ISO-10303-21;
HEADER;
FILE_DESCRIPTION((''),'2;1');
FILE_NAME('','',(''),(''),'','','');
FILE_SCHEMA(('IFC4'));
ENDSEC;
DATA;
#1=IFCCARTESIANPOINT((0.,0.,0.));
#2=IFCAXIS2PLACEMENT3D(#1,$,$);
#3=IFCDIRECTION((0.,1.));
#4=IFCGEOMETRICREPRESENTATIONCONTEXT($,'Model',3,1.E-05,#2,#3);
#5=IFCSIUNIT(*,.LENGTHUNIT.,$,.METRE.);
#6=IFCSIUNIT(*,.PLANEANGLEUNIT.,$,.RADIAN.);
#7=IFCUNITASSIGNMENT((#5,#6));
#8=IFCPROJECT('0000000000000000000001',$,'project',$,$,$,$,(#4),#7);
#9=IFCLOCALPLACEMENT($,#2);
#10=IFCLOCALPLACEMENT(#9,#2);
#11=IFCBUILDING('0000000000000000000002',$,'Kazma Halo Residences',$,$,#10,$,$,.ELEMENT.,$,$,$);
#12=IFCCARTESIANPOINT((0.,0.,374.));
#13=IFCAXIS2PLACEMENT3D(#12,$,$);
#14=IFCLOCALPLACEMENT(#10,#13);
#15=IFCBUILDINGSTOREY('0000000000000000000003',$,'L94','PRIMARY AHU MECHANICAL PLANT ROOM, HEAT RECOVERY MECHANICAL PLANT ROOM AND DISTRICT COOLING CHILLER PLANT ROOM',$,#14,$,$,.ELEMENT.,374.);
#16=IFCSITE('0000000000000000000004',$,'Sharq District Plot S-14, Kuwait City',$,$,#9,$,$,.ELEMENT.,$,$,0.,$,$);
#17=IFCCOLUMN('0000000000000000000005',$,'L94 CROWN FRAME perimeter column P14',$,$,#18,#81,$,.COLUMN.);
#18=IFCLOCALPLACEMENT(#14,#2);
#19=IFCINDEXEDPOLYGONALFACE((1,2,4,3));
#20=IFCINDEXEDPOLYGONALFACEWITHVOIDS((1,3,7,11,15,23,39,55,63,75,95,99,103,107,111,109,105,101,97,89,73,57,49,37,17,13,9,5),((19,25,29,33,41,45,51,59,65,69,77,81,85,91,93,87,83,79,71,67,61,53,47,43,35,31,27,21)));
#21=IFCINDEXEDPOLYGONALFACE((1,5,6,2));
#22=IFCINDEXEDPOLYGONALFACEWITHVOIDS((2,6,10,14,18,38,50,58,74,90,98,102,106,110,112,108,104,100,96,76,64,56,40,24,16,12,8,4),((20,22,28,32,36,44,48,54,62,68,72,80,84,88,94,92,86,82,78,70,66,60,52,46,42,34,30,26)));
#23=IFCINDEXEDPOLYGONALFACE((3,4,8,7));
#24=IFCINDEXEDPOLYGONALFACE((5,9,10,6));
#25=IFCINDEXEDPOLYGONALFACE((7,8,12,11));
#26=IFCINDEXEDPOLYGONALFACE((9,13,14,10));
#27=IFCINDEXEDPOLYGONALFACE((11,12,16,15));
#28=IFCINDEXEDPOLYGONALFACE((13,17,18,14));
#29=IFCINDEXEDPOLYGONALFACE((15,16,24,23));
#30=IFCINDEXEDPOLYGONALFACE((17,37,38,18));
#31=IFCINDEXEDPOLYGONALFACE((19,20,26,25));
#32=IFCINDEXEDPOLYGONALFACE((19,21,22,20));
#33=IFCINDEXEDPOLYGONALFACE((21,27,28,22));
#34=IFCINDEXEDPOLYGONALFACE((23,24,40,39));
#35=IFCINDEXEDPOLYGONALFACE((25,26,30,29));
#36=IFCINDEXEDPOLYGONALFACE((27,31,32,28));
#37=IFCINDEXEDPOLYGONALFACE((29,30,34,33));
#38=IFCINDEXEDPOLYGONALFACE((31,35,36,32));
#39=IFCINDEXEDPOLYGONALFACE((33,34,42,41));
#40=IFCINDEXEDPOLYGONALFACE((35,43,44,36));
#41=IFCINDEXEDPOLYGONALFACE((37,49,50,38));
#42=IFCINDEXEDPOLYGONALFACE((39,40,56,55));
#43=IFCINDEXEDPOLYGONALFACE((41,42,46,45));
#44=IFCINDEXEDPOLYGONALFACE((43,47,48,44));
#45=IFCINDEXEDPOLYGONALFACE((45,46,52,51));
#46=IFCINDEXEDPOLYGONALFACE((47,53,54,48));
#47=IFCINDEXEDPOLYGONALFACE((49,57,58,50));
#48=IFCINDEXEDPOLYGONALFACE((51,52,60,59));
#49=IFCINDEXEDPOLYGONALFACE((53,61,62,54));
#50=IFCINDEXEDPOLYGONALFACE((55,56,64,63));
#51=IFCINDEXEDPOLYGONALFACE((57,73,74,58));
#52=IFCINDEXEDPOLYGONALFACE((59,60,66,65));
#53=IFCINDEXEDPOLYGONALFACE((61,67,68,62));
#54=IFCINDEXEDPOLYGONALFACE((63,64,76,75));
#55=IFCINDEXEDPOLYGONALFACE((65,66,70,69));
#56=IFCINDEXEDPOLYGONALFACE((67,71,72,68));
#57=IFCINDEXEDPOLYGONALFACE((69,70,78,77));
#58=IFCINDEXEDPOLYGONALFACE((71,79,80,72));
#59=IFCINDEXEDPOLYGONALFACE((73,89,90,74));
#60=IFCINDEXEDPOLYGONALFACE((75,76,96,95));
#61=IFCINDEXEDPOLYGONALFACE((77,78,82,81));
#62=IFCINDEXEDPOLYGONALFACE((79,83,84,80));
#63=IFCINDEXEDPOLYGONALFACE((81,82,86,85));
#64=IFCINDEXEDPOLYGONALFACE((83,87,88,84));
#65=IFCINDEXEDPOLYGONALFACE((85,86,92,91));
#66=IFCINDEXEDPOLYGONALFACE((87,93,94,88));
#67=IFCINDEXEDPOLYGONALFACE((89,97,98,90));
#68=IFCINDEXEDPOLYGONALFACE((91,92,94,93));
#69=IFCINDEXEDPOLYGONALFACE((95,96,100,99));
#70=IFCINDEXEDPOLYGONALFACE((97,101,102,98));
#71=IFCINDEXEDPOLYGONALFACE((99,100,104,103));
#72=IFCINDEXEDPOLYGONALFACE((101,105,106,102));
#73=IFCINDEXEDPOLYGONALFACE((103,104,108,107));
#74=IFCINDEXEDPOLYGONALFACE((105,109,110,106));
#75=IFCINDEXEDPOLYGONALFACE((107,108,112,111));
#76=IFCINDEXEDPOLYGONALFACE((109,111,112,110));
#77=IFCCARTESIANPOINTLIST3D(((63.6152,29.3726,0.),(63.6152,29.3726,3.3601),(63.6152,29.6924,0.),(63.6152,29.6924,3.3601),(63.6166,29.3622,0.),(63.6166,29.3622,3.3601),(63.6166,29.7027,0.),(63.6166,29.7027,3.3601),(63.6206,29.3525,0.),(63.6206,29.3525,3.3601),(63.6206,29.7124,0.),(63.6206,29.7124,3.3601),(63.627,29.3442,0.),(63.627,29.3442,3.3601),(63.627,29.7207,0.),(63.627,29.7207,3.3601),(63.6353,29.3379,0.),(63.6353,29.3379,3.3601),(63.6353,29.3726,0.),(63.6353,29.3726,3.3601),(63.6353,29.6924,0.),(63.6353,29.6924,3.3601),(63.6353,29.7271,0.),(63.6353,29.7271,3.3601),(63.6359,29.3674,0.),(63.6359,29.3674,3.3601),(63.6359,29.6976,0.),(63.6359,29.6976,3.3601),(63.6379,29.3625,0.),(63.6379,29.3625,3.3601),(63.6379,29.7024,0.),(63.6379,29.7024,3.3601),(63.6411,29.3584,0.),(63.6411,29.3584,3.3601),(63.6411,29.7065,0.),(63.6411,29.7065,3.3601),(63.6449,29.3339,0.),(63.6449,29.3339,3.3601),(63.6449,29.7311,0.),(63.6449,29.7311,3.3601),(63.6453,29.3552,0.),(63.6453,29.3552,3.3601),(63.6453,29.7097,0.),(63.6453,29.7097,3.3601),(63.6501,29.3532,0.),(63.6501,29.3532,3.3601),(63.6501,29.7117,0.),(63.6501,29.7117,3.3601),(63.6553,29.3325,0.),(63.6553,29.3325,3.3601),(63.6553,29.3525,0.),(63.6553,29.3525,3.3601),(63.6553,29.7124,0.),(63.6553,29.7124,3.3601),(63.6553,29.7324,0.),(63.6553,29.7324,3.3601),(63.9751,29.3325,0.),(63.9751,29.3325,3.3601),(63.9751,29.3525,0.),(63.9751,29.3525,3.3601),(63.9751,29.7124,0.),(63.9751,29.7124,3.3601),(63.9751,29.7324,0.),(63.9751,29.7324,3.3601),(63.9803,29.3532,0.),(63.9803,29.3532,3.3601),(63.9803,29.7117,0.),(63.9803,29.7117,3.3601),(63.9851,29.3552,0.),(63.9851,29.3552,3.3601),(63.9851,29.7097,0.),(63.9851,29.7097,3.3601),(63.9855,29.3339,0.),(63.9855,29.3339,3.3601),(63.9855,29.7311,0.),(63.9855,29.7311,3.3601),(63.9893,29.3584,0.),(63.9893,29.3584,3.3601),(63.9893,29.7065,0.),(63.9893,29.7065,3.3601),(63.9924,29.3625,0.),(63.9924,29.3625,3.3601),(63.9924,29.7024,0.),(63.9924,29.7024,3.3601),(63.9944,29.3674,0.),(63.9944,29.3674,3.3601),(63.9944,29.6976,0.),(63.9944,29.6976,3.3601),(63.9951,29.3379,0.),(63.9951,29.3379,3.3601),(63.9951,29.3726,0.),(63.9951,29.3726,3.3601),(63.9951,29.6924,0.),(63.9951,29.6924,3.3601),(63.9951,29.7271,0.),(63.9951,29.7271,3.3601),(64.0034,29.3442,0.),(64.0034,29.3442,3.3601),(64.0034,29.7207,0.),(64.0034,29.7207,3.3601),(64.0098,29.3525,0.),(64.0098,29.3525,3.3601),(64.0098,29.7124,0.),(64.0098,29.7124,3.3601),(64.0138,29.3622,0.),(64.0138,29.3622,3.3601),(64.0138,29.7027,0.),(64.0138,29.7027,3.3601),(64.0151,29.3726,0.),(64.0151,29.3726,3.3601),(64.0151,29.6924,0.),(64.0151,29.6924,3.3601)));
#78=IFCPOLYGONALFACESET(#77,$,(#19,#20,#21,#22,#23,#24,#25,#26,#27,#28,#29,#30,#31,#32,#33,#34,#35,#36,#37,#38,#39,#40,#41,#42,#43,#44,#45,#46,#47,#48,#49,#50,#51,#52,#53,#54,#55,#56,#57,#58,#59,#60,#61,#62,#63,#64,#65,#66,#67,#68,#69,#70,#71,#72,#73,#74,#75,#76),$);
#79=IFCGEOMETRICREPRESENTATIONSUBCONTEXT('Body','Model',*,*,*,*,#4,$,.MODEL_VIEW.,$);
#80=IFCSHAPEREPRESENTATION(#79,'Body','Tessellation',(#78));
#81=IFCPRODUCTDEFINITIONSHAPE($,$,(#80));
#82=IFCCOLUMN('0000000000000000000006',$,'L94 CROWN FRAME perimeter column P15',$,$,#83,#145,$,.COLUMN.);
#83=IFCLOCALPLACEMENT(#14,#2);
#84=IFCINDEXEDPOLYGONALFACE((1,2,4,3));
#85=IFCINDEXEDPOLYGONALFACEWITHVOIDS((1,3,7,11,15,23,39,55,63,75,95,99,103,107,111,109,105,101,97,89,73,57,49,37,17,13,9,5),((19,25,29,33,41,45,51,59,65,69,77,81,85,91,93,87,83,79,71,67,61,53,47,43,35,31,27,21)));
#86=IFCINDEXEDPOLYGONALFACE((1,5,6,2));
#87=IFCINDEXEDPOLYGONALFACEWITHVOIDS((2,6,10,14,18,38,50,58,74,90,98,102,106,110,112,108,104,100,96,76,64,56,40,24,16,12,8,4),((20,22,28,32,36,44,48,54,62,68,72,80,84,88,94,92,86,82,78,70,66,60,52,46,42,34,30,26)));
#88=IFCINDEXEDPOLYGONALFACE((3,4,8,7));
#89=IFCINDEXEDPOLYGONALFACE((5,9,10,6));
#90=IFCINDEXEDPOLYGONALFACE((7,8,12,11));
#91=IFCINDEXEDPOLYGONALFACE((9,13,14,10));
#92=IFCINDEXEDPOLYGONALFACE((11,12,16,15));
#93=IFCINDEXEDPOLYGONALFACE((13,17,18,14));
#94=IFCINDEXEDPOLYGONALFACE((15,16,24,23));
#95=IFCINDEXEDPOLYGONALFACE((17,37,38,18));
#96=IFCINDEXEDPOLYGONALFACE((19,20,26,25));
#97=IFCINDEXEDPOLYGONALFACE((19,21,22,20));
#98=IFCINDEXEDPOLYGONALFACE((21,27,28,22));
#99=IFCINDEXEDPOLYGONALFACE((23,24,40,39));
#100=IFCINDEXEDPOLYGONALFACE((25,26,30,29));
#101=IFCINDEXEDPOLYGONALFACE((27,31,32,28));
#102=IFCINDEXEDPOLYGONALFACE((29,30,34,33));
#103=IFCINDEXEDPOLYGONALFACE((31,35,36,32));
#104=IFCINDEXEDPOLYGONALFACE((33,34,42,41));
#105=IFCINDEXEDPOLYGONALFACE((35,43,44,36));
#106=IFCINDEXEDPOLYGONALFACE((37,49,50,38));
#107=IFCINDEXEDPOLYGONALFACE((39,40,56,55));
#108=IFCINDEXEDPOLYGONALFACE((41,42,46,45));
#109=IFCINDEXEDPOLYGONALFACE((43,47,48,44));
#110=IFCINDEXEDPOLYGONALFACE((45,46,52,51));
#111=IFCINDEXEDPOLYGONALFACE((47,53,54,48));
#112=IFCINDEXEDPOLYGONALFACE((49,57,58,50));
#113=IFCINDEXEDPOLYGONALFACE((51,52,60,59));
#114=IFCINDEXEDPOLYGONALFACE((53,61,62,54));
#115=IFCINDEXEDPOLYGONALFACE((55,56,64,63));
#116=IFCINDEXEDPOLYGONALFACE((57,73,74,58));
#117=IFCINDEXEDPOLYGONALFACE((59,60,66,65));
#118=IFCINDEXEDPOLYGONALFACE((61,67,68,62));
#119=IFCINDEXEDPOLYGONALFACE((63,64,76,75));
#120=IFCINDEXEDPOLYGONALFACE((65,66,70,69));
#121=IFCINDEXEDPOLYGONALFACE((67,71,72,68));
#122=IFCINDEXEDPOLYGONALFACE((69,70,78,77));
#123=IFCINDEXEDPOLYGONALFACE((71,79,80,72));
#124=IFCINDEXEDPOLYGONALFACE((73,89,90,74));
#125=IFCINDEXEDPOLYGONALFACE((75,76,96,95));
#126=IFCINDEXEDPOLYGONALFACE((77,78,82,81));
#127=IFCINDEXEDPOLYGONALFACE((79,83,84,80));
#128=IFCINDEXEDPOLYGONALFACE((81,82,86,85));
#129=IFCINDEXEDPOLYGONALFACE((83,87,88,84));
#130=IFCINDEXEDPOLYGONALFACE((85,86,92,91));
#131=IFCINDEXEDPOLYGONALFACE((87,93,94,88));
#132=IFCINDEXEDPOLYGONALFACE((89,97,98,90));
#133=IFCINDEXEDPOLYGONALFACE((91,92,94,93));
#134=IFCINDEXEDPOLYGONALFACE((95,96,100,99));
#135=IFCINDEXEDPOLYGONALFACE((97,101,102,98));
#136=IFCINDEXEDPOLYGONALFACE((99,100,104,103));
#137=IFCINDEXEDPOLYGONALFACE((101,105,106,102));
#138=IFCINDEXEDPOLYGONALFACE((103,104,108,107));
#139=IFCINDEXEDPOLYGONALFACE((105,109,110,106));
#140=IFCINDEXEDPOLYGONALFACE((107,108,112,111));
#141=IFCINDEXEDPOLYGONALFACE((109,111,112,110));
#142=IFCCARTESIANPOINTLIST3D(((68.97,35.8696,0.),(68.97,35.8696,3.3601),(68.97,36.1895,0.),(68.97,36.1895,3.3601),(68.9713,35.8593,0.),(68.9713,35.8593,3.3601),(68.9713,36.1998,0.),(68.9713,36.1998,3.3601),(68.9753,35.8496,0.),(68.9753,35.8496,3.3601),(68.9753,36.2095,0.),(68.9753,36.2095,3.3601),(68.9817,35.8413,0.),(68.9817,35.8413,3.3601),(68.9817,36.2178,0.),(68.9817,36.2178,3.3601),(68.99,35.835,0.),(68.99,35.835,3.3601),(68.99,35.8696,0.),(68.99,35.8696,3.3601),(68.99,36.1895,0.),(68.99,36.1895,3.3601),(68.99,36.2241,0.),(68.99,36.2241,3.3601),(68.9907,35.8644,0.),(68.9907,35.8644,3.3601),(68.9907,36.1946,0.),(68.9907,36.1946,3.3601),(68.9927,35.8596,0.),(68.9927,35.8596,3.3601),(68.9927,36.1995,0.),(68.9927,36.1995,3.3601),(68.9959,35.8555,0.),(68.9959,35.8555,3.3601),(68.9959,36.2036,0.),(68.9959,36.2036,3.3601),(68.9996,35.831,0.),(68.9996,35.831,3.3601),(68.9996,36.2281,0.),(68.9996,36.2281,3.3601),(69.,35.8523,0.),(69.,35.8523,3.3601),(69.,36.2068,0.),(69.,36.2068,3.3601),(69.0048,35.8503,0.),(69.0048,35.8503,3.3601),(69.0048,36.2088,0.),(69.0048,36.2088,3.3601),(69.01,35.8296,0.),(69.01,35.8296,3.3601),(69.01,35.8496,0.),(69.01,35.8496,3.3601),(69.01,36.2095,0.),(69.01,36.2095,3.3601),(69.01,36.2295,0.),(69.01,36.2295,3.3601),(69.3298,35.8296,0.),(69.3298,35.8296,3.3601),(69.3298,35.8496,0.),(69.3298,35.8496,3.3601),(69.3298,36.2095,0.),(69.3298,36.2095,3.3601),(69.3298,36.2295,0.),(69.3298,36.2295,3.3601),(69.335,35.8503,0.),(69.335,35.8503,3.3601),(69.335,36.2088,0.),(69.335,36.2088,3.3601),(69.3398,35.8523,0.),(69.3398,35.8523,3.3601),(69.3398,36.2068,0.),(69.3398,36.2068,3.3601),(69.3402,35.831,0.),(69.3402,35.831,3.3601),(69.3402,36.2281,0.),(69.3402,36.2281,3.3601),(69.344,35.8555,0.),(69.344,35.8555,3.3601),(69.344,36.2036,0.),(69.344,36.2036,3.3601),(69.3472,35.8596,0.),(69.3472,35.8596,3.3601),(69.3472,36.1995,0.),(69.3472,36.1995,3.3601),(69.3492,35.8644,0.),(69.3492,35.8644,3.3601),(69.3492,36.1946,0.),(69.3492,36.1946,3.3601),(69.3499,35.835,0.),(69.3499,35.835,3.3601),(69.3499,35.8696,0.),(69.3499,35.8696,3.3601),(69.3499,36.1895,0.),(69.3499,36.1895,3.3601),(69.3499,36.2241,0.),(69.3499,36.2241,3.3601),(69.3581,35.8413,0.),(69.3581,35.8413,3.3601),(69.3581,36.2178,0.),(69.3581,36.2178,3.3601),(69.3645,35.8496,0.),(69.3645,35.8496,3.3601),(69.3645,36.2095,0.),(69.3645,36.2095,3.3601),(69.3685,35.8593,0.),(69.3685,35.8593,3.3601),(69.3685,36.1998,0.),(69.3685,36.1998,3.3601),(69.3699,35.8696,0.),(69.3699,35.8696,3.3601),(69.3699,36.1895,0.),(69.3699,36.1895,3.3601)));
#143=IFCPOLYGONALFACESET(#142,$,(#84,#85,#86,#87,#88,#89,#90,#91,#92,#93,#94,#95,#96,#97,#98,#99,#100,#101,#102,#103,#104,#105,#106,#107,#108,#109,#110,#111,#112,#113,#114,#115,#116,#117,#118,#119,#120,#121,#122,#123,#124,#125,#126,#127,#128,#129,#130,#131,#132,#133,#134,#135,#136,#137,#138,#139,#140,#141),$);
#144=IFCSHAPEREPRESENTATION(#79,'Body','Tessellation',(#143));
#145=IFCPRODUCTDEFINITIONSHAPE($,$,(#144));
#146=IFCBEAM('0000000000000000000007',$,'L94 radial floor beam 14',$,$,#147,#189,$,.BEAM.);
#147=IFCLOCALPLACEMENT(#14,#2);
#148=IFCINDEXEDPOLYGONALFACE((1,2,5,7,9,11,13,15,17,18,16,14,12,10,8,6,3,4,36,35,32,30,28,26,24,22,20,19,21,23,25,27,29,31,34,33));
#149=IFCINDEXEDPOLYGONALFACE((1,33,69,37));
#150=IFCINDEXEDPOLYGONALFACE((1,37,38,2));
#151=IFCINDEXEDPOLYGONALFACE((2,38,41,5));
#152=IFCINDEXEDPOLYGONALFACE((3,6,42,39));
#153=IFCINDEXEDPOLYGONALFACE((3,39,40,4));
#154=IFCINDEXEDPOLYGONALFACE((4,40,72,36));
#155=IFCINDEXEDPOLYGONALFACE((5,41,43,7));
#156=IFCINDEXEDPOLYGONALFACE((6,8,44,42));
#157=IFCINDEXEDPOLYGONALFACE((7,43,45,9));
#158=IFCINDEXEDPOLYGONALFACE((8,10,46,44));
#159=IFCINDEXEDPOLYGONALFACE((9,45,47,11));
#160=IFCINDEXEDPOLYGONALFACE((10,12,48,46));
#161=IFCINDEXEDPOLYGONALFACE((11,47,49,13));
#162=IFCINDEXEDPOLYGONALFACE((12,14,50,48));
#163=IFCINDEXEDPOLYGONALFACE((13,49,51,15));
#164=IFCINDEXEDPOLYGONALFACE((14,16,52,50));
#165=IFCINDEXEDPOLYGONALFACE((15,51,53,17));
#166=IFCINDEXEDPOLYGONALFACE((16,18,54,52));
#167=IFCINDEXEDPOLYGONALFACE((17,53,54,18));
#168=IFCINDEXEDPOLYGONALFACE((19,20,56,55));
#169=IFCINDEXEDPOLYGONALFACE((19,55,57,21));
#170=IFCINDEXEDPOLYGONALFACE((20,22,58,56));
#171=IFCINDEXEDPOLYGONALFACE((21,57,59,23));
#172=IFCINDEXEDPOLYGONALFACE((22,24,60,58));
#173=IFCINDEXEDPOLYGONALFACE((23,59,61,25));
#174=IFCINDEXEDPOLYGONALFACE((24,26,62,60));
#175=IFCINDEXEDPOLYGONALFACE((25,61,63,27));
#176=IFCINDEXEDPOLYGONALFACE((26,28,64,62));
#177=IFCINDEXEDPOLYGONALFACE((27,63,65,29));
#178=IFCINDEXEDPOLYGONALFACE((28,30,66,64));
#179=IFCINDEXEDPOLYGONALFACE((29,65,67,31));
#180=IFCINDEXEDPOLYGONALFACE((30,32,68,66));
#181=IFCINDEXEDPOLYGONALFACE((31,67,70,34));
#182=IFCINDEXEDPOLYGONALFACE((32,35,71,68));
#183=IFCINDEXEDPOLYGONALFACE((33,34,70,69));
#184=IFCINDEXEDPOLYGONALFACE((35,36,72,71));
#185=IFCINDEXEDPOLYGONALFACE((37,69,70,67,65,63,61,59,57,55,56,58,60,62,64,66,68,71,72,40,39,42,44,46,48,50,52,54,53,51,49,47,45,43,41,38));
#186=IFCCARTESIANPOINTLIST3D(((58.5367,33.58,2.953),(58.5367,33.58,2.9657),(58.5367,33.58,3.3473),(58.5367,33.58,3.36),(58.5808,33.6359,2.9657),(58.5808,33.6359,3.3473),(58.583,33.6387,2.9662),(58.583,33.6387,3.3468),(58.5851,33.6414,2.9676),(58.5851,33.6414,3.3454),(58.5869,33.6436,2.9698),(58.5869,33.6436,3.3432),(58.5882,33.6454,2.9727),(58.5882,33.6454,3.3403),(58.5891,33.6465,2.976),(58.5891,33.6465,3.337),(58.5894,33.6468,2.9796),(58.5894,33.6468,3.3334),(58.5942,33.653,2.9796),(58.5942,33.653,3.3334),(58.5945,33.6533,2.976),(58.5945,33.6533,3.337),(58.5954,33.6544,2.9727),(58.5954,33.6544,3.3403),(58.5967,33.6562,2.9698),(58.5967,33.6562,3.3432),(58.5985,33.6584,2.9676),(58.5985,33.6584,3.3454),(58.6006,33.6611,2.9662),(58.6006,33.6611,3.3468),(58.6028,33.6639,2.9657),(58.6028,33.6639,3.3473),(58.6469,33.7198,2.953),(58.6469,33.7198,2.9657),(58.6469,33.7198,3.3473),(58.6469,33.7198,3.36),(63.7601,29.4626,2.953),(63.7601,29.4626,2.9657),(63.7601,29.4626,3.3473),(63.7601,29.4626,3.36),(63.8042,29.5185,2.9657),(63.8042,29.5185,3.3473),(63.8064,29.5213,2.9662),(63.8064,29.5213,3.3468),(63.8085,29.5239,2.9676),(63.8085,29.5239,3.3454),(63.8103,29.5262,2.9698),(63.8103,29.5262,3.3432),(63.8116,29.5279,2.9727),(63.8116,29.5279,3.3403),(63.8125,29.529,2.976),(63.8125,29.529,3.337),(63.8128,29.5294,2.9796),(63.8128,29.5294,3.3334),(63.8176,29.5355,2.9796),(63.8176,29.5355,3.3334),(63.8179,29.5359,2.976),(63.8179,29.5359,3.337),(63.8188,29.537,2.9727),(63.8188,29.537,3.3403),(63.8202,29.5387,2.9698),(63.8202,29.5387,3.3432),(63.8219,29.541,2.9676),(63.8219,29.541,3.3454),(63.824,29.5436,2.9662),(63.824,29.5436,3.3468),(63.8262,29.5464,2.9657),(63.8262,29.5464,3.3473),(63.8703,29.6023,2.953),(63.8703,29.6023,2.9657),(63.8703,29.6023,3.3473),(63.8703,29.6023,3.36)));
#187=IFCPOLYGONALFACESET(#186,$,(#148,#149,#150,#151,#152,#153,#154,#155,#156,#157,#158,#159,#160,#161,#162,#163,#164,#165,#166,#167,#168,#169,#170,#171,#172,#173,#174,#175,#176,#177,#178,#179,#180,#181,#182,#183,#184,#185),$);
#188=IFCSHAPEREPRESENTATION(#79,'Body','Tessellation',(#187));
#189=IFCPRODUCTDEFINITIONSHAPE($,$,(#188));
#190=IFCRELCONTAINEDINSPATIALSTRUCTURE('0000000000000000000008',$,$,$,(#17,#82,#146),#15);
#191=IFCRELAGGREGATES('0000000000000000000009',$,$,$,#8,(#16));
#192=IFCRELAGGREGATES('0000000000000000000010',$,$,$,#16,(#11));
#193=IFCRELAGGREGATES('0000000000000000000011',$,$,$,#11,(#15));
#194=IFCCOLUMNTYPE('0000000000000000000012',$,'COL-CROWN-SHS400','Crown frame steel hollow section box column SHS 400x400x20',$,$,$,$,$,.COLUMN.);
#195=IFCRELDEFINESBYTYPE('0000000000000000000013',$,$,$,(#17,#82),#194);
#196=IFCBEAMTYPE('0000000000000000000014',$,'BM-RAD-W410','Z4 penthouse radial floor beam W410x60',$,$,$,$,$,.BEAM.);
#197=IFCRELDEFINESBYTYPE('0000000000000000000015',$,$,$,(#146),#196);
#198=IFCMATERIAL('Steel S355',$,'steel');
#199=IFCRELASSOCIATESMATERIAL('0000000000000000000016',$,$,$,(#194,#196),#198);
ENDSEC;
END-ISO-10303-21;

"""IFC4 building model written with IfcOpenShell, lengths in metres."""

from ifc_helpers import new_model, si_unit, direction, frame, origin, origin_2d, place, context, subcontext, project, spatial, hollow_rectangle, i_section, extrude, material, material_profile, profile_set, type_object, element, save


model = new_model("IFC4")

# Units and contexts
model_context = context("Model", 3, precision=1e-05, world=origin(), true_north=direction((0.0, 1.0)))
body_context = subcontext(model_context, "Body", "Model", "MODEL_VIEW")
ifc_project = project(units=[si_unit("LENGTHUNIT", "METRE"), si_unit("PLANEANGLEUNIT", "RADIAN")], contexts=[model_context])

# Site, building, storey
site_placement = place(None, origin())
site = spatial("IfcSite", under=ifc_project, at=site_placement, Name="Sharq District Plot S-14, Kuwait City", CompositionType="ELEMENT", RefElevation=0.0)
building_placement = place(site_placement, origin())
building = spatial("IfcBuilding", under=site, at=building_placement, Name="Kazma Halo Residences", CompositionType="ELEMENT")
storey_placement = place(building_placement, frame((0.0, 0.0, 374.0)))
storey = spatial("IfcBuildingStorey", under=building, at=storey_placement, Name="L94", Description="PRIMARY AHU MECHANICAL PLANT ROOM, HEAT RECOVERY MECHANICAL PLANT ROOM AND DISTRICT COOLING CHILLER PLANT ROOM", CompositionType="ELEMENT", Elevation=374.0)

# Columns
ifc_material_1 = material(Name="Steel S355", Category="steel")
ifc_material_profile_1 = material_profile(ifc_material_1, hollow_rectangle(XDim=0.3999, YDim=0.3999, WallThickness=0.02, InnerFilletRadius=0.02, OuterFilletRadius=0.04, at=origin_2d()), Name="SHS400x400x20")
ifc_profile_set_1 = profile_set([ifc_material_profile_1], Name="Steel S355")
column_type = type_object("IfcColumnType", Name="COL-CROWN-SHS400", Description="Crown frame steel hollow section box column SHS 400x400x20", PredefinedType="COLUMN", material=ifc_profile_set_1)
for number, where, z_axis, x_axis, name in (
    (1, (63.8152, 29.5325, 0.0), (0.0, 0.0, 1.0), (1.0, 0.0, 0.0), "L94 CROWN FRAME perimeter column P14"),
    (2, (69.1699, 36.0295, 0.0), (0.0, 0.0, 1.0), (1.0, 0.0, 0.0), "L94 CROWN FRAME perimeter column P15"),
):
    element("IfcColumn", number, at=place(storey_placement, frame(where, z_axis=z_axis, x_axis=x_axis)), inside=storey, type_object=column_type, Name=name, PredefinedType="COLUMN", context=body_context, shape_type="SweptSolid", body=[
        extrude(hollow_rectangle(XDim=0.3999, YDim=0.3999, WallThickness=0.02, InnerFilletRadius=0.02, OuterFilletRadius=0.04, at=origin_2d()), origin(), (0.0, 0.0, 1.0), 3.3601),
    ])

# Beam
ifc_material_profile_2 = material_profile(ifc_material_1, i_section(OverallWidth=0.178, OverallDepth=0.407, WebThickness=0.0078, FlangeThickness=0.0127, FilletRadius=0.0139, at=origin_2d()), Name="W410x60")
ifc_profile_set_2 = profile_set([ifc_material_profile_2], Name="Steel S355")
beam_type_1 = type_object("IfcBeamType", Name="BM-RAD-W410", Description="Z4 penthouse radial floor beam W410x60", PredefinedType="BEAM", material=ifc_profile_set_2)
beam_1_placement = place(storey_placement, frame((58.5918, 33.6499, 3.1565), z_axis=(0.785343, -0.619061, 0.0), x_axis=(0.619061, 0.785343, 0.0)))
element("IfcBeam", 3, at=beam_1_placement, inside=storey, type_object=beam_type_1, Name="L94 radial floor beam 14", PredefinedType="BEAM", context=body_context, shape_type="SweptSolid", body=[
    extrude(i_section(OverallWidth=0.178, OverallDepth=0.407, WebThickness=0.0078, FlangeThickness=0.0127, FilletRadius=0.0139, at=origin_2d()), origin(), (0.0, 0.0, 1.0), 6.6511),
])

save(model, "model.ifc")
